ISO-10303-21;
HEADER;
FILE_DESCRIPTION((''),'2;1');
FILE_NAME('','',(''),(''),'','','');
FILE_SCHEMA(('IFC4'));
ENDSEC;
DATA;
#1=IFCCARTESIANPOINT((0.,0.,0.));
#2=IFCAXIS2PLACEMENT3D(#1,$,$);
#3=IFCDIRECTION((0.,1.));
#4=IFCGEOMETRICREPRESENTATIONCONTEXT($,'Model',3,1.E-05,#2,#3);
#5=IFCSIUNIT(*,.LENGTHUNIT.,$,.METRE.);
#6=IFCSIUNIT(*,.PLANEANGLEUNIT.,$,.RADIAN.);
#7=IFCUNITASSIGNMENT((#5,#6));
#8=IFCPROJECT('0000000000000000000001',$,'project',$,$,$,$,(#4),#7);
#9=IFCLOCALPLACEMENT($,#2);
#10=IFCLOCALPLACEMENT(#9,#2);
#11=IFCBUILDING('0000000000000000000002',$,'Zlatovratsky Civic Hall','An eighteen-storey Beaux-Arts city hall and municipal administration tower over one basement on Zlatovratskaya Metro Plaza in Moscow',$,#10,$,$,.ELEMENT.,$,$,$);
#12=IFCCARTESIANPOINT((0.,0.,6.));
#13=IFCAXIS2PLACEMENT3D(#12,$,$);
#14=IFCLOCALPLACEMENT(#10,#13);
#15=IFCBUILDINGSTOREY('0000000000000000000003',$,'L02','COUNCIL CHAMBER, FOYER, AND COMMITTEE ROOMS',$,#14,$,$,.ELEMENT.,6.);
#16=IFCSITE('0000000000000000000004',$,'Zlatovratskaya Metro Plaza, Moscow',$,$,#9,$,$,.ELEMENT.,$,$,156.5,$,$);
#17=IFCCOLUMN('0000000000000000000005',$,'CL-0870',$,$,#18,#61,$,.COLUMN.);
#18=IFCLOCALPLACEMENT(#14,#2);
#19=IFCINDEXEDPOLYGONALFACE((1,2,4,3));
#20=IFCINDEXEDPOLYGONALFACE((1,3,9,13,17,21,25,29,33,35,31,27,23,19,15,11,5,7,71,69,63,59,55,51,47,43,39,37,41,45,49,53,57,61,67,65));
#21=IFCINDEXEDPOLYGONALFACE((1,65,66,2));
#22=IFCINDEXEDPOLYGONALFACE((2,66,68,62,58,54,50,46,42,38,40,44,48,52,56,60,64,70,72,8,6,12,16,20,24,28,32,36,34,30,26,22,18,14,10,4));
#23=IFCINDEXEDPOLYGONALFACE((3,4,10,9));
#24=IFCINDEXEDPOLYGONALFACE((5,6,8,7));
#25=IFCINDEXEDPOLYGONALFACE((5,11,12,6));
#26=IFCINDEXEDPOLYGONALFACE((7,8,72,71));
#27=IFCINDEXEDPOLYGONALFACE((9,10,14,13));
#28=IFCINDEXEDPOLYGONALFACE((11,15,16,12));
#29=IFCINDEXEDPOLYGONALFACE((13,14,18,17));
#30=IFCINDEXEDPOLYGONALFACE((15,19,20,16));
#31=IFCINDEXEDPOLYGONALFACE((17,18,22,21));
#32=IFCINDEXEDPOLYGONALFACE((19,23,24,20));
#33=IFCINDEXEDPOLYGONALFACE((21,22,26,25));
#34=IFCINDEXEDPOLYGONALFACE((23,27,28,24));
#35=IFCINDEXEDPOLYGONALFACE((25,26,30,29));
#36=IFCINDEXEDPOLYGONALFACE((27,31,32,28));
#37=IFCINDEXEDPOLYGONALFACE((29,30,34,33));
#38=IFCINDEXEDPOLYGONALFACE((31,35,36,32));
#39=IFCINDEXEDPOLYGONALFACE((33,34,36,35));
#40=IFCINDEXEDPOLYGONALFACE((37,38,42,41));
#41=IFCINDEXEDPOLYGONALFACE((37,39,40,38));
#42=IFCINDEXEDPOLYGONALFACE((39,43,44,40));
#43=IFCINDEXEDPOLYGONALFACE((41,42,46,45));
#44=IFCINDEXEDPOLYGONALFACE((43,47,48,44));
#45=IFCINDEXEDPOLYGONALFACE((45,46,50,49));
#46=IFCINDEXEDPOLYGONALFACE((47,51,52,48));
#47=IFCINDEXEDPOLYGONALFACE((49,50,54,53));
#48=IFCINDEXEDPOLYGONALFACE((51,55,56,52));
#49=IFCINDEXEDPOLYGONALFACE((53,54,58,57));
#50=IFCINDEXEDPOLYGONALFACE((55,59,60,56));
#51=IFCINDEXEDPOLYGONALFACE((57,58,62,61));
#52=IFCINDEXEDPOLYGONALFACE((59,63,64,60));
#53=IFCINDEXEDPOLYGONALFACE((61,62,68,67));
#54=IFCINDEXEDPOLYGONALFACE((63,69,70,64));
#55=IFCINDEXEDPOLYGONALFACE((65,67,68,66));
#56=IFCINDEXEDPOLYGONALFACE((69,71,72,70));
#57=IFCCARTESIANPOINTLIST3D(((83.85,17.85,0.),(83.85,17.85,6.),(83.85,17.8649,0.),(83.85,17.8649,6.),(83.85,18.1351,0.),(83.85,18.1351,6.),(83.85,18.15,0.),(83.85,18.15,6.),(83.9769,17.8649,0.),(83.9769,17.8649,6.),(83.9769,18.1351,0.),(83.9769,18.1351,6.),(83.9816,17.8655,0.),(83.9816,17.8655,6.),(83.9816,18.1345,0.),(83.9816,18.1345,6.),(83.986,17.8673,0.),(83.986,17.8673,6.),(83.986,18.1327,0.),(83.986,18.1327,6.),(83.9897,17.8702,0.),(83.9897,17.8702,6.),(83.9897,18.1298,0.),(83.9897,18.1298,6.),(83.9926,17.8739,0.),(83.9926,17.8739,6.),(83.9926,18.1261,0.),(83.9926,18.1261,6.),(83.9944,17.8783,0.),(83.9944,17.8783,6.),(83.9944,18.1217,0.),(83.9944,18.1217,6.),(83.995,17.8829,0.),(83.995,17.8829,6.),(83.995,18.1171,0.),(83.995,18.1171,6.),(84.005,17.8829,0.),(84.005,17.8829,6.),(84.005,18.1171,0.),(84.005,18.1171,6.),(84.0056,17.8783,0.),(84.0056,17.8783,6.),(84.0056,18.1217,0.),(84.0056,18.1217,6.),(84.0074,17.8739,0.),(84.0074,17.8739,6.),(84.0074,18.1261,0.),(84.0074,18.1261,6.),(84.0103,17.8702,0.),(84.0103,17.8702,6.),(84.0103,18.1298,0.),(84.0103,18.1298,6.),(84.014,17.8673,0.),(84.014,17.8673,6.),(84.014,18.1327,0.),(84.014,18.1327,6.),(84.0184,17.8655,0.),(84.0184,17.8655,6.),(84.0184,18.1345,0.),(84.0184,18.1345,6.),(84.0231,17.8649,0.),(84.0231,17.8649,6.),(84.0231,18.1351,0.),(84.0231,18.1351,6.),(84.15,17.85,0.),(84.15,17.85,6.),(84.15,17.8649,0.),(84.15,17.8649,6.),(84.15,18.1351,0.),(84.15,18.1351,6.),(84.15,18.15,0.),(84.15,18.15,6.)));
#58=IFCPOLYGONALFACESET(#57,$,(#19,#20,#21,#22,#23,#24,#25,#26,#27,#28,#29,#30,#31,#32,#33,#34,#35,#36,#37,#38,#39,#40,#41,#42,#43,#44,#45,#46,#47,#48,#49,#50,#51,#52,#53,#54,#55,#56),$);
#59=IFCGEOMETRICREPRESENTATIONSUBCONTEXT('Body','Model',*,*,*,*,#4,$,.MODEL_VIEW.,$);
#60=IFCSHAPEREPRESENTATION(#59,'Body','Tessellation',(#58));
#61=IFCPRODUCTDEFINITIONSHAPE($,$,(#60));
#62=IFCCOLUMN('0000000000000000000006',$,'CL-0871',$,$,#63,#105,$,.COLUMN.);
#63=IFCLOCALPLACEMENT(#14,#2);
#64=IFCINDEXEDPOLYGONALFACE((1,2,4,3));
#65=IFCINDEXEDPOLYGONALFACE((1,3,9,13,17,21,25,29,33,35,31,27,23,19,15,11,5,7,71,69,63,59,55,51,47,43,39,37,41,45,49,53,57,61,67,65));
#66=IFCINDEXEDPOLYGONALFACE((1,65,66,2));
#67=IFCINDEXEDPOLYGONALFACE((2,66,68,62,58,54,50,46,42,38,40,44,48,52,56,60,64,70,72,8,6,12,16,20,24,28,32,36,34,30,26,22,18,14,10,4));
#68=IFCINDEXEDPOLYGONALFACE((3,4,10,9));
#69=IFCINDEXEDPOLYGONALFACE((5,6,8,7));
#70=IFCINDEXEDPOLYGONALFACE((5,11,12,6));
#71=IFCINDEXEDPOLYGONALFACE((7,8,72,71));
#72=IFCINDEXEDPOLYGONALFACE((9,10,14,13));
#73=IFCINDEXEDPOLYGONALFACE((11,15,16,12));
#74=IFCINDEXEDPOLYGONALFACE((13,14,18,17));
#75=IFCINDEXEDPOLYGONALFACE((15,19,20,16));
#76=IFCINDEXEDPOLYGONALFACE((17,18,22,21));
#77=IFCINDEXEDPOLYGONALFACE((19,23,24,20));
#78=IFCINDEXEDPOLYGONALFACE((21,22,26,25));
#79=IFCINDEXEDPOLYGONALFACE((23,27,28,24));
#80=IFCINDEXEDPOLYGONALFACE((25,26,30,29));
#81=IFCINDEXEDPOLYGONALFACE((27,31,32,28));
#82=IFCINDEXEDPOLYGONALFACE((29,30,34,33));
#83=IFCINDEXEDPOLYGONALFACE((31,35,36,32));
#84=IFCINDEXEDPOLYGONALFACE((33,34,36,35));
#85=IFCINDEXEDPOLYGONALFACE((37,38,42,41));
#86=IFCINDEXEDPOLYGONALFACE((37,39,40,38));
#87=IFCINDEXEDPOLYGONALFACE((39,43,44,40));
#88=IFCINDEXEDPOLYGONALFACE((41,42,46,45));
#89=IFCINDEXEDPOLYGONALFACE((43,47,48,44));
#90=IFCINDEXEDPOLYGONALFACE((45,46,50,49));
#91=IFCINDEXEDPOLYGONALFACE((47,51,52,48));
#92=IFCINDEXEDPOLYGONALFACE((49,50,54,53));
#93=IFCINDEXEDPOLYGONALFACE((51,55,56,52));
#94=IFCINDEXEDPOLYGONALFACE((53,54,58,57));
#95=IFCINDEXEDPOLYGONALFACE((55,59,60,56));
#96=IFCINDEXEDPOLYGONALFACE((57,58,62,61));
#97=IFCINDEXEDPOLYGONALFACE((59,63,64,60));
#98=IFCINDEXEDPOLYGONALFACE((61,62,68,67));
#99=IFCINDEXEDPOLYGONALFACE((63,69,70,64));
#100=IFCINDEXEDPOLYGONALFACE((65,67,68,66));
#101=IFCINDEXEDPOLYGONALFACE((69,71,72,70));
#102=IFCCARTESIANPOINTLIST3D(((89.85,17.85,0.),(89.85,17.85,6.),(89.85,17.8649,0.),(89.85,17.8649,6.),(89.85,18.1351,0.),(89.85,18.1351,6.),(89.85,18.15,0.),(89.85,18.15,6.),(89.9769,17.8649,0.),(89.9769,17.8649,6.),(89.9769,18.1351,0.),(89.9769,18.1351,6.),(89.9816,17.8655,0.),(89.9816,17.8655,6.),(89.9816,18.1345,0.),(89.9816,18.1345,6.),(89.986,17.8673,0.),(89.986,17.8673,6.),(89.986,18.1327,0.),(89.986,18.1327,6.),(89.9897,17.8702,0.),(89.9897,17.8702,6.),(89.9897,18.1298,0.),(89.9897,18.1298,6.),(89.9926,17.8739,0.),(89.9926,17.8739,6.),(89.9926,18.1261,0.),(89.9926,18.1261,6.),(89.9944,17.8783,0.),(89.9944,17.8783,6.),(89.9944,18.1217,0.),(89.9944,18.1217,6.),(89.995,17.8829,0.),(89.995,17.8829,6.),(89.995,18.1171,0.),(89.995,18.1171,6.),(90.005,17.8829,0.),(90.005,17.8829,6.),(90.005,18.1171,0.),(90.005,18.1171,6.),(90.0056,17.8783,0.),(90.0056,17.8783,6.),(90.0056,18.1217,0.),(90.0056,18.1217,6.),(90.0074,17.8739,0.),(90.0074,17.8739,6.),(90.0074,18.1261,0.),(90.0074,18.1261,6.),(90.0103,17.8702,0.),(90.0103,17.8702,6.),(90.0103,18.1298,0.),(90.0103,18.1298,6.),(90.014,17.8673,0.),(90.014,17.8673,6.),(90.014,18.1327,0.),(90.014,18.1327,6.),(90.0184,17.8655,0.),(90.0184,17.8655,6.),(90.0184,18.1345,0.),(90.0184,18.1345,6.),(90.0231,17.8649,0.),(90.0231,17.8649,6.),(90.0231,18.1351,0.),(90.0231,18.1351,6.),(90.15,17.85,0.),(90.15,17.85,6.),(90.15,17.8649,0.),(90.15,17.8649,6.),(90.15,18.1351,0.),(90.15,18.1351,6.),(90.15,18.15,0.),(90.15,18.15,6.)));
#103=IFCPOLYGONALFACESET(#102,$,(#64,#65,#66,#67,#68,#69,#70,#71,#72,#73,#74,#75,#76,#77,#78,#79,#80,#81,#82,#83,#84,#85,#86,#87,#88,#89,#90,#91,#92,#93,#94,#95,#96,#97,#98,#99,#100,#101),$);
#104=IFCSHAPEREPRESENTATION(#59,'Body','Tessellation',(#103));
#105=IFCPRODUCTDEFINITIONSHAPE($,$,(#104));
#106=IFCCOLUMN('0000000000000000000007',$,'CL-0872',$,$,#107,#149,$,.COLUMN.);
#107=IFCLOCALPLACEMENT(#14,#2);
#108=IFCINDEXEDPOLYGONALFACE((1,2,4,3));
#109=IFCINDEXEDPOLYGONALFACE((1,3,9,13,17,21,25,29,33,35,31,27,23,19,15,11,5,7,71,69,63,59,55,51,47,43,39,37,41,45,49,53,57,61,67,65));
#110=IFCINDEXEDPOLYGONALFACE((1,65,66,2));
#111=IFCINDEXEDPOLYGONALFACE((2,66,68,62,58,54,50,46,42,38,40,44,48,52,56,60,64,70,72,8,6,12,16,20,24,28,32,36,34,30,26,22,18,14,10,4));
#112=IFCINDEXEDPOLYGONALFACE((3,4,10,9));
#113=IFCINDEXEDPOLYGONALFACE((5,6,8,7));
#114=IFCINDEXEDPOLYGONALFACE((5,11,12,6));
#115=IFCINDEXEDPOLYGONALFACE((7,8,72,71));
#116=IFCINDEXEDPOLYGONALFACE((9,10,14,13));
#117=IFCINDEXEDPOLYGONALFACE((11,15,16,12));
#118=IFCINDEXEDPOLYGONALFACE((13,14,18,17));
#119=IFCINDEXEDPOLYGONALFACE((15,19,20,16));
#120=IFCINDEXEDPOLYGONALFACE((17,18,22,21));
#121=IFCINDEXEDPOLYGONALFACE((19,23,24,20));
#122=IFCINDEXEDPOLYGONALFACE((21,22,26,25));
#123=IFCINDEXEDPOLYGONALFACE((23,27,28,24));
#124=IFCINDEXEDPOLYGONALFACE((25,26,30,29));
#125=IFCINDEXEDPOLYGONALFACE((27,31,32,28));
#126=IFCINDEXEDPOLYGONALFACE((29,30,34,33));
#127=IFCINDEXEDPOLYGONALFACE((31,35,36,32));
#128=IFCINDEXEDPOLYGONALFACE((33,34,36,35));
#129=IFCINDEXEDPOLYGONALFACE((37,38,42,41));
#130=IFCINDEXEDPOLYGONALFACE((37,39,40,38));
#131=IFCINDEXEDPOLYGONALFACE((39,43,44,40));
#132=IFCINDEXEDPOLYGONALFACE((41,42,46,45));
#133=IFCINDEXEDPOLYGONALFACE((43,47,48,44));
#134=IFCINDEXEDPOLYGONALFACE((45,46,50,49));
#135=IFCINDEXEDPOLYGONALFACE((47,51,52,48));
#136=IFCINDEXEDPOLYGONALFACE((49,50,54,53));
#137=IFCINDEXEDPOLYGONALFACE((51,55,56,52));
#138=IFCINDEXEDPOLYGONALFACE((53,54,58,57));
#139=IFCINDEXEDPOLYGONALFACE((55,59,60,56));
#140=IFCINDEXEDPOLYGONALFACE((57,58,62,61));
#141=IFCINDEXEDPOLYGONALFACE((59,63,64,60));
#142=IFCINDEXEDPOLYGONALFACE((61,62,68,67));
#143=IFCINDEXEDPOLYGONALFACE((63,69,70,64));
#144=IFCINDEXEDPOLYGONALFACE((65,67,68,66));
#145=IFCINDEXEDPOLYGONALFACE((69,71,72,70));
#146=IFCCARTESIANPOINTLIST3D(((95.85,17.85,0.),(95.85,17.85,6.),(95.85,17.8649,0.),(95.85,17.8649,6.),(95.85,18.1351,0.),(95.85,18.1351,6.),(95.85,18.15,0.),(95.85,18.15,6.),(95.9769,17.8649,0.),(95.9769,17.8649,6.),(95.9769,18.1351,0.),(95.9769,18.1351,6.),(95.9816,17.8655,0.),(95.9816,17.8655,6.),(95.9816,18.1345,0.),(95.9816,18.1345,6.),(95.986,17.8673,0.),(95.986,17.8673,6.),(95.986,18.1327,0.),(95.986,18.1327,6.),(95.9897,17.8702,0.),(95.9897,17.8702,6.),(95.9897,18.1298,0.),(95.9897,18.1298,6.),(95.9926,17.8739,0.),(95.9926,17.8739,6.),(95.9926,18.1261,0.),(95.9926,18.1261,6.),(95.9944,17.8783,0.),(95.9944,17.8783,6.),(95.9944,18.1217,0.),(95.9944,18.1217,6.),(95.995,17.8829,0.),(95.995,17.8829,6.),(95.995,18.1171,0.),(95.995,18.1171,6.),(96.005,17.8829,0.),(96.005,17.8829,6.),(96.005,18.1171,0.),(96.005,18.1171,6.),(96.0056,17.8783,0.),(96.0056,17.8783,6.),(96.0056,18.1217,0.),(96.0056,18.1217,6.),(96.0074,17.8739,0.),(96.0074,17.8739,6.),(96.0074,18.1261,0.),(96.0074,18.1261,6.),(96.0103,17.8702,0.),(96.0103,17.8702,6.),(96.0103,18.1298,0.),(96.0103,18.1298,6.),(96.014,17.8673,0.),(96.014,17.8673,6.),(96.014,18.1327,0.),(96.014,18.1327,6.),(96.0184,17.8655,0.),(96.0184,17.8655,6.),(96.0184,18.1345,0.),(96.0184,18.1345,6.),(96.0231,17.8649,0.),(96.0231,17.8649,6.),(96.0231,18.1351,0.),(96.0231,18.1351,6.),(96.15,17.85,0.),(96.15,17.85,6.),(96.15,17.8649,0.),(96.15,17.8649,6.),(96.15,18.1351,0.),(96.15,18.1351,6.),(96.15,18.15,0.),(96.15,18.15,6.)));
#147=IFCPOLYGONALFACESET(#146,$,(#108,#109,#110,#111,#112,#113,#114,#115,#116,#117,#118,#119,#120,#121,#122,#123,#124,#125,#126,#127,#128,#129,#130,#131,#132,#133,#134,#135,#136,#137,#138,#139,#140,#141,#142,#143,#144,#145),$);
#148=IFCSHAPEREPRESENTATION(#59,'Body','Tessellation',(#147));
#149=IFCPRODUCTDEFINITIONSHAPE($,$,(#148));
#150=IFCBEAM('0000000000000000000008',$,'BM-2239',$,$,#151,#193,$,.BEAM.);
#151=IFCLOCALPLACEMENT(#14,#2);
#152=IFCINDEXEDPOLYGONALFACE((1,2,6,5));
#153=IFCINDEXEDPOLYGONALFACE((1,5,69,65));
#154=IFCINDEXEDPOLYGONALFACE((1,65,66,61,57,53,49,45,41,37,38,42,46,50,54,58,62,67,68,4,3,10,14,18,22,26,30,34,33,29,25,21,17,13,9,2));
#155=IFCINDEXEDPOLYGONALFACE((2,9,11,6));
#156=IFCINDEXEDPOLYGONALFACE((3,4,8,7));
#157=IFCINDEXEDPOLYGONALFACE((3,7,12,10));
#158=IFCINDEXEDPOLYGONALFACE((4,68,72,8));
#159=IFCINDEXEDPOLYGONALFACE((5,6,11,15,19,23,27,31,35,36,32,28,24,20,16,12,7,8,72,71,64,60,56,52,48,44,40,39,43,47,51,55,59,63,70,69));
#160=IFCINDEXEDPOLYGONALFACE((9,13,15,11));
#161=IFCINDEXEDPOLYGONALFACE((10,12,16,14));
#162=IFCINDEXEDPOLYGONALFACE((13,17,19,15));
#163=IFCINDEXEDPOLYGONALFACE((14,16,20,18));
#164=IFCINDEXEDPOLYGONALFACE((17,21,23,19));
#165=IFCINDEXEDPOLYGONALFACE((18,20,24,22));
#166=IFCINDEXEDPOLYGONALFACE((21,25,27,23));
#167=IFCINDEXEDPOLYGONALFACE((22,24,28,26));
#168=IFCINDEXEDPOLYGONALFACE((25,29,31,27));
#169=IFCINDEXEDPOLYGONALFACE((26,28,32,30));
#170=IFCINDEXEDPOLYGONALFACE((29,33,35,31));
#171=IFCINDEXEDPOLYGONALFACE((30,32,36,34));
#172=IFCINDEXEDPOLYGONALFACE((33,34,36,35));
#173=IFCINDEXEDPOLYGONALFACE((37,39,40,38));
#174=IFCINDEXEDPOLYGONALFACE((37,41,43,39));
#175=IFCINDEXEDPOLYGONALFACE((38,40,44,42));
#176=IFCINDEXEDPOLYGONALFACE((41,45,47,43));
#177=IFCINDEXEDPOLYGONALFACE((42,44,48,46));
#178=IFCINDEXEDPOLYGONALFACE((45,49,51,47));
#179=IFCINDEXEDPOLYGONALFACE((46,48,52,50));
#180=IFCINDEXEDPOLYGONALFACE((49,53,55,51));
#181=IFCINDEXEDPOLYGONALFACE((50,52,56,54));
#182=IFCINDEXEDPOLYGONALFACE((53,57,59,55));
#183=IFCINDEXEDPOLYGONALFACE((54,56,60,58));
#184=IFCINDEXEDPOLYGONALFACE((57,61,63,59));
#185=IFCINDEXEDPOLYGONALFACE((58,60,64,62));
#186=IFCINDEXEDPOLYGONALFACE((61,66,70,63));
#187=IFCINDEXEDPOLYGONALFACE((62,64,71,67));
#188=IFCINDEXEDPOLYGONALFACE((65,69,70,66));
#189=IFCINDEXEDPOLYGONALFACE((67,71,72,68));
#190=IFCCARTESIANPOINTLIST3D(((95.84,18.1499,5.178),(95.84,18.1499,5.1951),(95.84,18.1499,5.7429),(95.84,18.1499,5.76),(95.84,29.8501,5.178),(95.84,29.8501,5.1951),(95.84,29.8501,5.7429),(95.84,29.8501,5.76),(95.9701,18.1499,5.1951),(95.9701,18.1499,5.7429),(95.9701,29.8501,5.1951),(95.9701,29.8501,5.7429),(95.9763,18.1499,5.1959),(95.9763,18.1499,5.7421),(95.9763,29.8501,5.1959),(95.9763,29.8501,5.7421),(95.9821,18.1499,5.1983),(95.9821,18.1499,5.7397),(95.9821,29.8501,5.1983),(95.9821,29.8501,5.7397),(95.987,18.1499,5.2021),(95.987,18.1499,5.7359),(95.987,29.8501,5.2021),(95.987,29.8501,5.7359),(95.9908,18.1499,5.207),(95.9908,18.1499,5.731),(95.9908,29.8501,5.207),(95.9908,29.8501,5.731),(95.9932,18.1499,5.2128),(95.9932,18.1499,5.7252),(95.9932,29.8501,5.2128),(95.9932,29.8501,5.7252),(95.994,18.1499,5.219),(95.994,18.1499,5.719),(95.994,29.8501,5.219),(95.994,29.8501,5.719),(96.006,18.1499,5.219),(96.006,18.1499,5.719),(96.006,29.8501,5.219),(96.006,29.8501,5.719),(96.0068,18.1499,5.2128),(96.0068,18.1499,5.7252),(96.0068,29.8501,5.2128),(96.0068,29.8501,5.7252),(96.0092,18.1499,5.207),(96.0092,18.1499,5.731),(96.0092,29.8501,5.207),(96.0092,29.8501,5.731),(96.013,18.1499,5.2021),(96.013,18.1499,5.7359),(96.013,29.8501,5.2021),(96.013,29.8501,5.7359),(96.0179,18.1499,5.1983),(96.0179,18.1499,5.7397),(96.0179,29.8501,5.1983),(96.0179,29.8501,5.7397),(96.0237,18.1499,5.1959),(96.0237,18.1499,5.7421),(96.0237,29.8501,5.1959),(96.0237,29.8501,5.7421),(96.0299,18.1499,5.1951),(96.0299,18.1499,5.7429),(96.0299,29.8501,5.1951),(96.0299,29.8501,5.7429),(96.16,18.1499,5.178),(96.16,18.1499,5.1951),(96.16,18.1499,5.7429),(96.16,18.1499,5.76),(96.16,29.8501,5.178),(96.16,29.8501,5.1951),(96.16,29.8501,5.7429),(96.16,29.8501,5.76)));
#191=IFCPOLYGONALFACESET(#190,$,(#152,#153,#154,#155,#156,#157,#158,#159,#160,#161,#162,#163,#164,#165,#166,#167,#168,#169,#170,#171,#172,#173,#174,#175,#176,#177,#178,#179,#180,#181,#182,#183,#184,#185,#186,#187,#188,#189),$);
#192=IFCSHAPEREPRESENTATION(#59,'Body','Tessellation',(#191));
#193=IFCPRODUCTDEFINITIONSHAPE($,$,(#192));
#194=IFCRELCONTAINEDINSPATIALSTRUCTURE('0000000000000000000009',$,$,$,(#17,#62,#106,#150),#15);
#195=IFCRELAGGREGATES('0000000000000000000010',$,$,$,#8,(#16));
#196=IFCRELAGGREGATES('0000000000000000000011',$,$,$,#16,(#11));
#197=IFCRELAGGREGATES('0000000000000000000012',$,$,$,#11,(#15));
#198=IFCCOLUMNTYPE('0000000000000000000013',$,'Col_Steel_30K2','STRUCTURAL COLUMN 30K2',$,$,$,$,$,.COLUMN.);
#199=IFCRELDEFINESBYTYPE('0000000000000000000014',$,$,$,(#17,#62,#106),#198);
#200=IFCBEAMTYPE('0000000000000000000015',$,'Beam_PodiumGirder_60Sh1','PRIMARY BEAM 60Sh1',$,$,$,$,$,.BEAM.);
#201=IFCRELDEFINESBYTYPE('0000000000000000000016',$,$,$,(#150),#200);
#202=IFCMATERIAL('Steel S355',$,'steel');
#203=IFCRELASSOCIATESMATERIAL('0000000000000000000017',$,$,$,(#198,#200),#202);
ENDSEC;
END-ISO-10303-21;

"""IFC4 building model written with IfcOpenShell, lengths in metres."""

from ifc_helpers import new_model, si_unit, direction, frame, origin, origin_2d, place, context, subcontext, project, spatial, i_section, extrude, material, material_profile, profile_set, type_object, element, save


model = new_model("IFC4")

# Units and contexts
model_context = context("Model", 3, precision=1e-05, world=origin(), true_north=direction((0.0, 1.0)))
body_context = subcontext(model_context, "Body", "Model", "MODEL_VIEW")
ifc_project = project(units=[si_unit("LENGTHUNIT", "METRE"), si_unit("PLANEANGLEUNIT", "RADIAN")], contexts=[model_context])

# Site, building, storey
site_placement = place(None, origin())
site = spatial("IfcSite", under=ifc_project, at=site_placement, Name="Zlatovratskaya Metro Plaza, Moscow", CompositionType="ELEMENT", RefElevation=156.5)
building_placement = place(site_placement, origin())
building = spatial("IfcBuilding", under=site, at=building_placement, Name="Zlatovratsky Civic Hall", Description="An eighteen-storey Beaux-Arts city hall and municipal administration tower over one basement on Zlatovratskaya Metro Plaza in Moscow", CompositionType="ELEMENT")
storey_placement = place(building_placement, frame((0.0, 0.0, 6.0)))
storey = spatial("IfcBuildingStorey", under=building, at=storey_placement, Name="L02", Description="COUNCIL CHAMBER, FOYER, AND COMMITTEE ROOMS", CompositionType="ELEMENT", Elevation=6.0)

# Columns
ifc_material_1 = material(Name="Steel S355", Category="steel")
ifc_material_profile_1 = material_profile(ifc_material_1, i_section(OverallWidth=0.3, OverallDepth=0.3, WebThickness=0.01, FlangeThickness=0.0149, FilletRadius=0.0181, at=origin_2d()), Name="30K2")
ifc_profile_set_1 = profile_set([ifc_material_profile_1], Name="Steel S355")
column_type_1 = type_object("IfcColumnType", Name="Col_Steel_30K2", Description="STRUCTURAL COLUMN 30K2", PredefinedType="COLUMN", material=ifc_profile_set_1)
for number, where, z_axis, x_axis, name in (
    (1, (84.0, 18.0, 0.0), (0.0, 0.0, 1.0), (1.0, 0.0, 0.0), "CL-0870"),
    (2, (90.0, 18.0, 0.0), (0.0, 0.0, 1.0), (1.0, 0.0, 0.0), "CL-0871"),
    (3, (96.0, 18.0, 0.0), (0.0, 0.0, 1.0), (1.0, 0.0, 0.0), "CL-0872"),
):
    element("IfcColumn", number, at=place(storey_placement, frame(where, z_axis=z_axis, x_axis=x_axis)), inside=storey, type_object=column_type_1, Name=name, PredefinedType="COLUMN", context=body_context, shape_type="SweptSolid", body=[
        extrude(i_section(OverallWidth=0.3, OverallDepth=0.3, WebThickness=0.01, FlangeThickness=0.0149, FilletRadius=0.0181, at=origin_2d()), origin(), (0.0, 0.0, 1.0), 6.0),
    ])

# Beam
ifc_material_profile_2 = material_profile(ifc_material_1, i_section(OverallWidth=0.3201, OverallDepth=0.582, WebThickness=0.012, FlangeThickness=0.0171, FilletRadius=0.0239, at=origin_2d()), Name="60Sh1")
ifc_profile_set_2 = profile_set([ifc_material_profile_2], Name="Steel S355")
beam_type_1 = type_object("IfcBeamType", Name="Beam_PodiumGirder_60Sh1", Description="PRIMARY BEAM 60Sh1", PredefinedType="BEAM", material=ifc_profile_set_2)
beam_1_placement = place(storey_placement, frame((96.0, 18.1499, 5.469), z_axis=(0.0, 1.0, 0.0), x_axis=(-1.0, 0.0, 0.0)))
element("IfcBeam", 4, at=beam_1_placement, inside=storey, type_object=beam_type_1, Name="BM-2239", PredefinedType="BEAM", context=body_context, shape_type="SweptSolid", body=[
    extrude(i_section(OverallWidth=0.3201, OverallDepth=0.582, WebThickness=0.012, FlangeThickness=0.0171, FilletRadius=0.0239, at=origin_2d()), origin(), (0.0, 0.0, 1.0), 11.7002),
])

save(model, "model.ifc")
